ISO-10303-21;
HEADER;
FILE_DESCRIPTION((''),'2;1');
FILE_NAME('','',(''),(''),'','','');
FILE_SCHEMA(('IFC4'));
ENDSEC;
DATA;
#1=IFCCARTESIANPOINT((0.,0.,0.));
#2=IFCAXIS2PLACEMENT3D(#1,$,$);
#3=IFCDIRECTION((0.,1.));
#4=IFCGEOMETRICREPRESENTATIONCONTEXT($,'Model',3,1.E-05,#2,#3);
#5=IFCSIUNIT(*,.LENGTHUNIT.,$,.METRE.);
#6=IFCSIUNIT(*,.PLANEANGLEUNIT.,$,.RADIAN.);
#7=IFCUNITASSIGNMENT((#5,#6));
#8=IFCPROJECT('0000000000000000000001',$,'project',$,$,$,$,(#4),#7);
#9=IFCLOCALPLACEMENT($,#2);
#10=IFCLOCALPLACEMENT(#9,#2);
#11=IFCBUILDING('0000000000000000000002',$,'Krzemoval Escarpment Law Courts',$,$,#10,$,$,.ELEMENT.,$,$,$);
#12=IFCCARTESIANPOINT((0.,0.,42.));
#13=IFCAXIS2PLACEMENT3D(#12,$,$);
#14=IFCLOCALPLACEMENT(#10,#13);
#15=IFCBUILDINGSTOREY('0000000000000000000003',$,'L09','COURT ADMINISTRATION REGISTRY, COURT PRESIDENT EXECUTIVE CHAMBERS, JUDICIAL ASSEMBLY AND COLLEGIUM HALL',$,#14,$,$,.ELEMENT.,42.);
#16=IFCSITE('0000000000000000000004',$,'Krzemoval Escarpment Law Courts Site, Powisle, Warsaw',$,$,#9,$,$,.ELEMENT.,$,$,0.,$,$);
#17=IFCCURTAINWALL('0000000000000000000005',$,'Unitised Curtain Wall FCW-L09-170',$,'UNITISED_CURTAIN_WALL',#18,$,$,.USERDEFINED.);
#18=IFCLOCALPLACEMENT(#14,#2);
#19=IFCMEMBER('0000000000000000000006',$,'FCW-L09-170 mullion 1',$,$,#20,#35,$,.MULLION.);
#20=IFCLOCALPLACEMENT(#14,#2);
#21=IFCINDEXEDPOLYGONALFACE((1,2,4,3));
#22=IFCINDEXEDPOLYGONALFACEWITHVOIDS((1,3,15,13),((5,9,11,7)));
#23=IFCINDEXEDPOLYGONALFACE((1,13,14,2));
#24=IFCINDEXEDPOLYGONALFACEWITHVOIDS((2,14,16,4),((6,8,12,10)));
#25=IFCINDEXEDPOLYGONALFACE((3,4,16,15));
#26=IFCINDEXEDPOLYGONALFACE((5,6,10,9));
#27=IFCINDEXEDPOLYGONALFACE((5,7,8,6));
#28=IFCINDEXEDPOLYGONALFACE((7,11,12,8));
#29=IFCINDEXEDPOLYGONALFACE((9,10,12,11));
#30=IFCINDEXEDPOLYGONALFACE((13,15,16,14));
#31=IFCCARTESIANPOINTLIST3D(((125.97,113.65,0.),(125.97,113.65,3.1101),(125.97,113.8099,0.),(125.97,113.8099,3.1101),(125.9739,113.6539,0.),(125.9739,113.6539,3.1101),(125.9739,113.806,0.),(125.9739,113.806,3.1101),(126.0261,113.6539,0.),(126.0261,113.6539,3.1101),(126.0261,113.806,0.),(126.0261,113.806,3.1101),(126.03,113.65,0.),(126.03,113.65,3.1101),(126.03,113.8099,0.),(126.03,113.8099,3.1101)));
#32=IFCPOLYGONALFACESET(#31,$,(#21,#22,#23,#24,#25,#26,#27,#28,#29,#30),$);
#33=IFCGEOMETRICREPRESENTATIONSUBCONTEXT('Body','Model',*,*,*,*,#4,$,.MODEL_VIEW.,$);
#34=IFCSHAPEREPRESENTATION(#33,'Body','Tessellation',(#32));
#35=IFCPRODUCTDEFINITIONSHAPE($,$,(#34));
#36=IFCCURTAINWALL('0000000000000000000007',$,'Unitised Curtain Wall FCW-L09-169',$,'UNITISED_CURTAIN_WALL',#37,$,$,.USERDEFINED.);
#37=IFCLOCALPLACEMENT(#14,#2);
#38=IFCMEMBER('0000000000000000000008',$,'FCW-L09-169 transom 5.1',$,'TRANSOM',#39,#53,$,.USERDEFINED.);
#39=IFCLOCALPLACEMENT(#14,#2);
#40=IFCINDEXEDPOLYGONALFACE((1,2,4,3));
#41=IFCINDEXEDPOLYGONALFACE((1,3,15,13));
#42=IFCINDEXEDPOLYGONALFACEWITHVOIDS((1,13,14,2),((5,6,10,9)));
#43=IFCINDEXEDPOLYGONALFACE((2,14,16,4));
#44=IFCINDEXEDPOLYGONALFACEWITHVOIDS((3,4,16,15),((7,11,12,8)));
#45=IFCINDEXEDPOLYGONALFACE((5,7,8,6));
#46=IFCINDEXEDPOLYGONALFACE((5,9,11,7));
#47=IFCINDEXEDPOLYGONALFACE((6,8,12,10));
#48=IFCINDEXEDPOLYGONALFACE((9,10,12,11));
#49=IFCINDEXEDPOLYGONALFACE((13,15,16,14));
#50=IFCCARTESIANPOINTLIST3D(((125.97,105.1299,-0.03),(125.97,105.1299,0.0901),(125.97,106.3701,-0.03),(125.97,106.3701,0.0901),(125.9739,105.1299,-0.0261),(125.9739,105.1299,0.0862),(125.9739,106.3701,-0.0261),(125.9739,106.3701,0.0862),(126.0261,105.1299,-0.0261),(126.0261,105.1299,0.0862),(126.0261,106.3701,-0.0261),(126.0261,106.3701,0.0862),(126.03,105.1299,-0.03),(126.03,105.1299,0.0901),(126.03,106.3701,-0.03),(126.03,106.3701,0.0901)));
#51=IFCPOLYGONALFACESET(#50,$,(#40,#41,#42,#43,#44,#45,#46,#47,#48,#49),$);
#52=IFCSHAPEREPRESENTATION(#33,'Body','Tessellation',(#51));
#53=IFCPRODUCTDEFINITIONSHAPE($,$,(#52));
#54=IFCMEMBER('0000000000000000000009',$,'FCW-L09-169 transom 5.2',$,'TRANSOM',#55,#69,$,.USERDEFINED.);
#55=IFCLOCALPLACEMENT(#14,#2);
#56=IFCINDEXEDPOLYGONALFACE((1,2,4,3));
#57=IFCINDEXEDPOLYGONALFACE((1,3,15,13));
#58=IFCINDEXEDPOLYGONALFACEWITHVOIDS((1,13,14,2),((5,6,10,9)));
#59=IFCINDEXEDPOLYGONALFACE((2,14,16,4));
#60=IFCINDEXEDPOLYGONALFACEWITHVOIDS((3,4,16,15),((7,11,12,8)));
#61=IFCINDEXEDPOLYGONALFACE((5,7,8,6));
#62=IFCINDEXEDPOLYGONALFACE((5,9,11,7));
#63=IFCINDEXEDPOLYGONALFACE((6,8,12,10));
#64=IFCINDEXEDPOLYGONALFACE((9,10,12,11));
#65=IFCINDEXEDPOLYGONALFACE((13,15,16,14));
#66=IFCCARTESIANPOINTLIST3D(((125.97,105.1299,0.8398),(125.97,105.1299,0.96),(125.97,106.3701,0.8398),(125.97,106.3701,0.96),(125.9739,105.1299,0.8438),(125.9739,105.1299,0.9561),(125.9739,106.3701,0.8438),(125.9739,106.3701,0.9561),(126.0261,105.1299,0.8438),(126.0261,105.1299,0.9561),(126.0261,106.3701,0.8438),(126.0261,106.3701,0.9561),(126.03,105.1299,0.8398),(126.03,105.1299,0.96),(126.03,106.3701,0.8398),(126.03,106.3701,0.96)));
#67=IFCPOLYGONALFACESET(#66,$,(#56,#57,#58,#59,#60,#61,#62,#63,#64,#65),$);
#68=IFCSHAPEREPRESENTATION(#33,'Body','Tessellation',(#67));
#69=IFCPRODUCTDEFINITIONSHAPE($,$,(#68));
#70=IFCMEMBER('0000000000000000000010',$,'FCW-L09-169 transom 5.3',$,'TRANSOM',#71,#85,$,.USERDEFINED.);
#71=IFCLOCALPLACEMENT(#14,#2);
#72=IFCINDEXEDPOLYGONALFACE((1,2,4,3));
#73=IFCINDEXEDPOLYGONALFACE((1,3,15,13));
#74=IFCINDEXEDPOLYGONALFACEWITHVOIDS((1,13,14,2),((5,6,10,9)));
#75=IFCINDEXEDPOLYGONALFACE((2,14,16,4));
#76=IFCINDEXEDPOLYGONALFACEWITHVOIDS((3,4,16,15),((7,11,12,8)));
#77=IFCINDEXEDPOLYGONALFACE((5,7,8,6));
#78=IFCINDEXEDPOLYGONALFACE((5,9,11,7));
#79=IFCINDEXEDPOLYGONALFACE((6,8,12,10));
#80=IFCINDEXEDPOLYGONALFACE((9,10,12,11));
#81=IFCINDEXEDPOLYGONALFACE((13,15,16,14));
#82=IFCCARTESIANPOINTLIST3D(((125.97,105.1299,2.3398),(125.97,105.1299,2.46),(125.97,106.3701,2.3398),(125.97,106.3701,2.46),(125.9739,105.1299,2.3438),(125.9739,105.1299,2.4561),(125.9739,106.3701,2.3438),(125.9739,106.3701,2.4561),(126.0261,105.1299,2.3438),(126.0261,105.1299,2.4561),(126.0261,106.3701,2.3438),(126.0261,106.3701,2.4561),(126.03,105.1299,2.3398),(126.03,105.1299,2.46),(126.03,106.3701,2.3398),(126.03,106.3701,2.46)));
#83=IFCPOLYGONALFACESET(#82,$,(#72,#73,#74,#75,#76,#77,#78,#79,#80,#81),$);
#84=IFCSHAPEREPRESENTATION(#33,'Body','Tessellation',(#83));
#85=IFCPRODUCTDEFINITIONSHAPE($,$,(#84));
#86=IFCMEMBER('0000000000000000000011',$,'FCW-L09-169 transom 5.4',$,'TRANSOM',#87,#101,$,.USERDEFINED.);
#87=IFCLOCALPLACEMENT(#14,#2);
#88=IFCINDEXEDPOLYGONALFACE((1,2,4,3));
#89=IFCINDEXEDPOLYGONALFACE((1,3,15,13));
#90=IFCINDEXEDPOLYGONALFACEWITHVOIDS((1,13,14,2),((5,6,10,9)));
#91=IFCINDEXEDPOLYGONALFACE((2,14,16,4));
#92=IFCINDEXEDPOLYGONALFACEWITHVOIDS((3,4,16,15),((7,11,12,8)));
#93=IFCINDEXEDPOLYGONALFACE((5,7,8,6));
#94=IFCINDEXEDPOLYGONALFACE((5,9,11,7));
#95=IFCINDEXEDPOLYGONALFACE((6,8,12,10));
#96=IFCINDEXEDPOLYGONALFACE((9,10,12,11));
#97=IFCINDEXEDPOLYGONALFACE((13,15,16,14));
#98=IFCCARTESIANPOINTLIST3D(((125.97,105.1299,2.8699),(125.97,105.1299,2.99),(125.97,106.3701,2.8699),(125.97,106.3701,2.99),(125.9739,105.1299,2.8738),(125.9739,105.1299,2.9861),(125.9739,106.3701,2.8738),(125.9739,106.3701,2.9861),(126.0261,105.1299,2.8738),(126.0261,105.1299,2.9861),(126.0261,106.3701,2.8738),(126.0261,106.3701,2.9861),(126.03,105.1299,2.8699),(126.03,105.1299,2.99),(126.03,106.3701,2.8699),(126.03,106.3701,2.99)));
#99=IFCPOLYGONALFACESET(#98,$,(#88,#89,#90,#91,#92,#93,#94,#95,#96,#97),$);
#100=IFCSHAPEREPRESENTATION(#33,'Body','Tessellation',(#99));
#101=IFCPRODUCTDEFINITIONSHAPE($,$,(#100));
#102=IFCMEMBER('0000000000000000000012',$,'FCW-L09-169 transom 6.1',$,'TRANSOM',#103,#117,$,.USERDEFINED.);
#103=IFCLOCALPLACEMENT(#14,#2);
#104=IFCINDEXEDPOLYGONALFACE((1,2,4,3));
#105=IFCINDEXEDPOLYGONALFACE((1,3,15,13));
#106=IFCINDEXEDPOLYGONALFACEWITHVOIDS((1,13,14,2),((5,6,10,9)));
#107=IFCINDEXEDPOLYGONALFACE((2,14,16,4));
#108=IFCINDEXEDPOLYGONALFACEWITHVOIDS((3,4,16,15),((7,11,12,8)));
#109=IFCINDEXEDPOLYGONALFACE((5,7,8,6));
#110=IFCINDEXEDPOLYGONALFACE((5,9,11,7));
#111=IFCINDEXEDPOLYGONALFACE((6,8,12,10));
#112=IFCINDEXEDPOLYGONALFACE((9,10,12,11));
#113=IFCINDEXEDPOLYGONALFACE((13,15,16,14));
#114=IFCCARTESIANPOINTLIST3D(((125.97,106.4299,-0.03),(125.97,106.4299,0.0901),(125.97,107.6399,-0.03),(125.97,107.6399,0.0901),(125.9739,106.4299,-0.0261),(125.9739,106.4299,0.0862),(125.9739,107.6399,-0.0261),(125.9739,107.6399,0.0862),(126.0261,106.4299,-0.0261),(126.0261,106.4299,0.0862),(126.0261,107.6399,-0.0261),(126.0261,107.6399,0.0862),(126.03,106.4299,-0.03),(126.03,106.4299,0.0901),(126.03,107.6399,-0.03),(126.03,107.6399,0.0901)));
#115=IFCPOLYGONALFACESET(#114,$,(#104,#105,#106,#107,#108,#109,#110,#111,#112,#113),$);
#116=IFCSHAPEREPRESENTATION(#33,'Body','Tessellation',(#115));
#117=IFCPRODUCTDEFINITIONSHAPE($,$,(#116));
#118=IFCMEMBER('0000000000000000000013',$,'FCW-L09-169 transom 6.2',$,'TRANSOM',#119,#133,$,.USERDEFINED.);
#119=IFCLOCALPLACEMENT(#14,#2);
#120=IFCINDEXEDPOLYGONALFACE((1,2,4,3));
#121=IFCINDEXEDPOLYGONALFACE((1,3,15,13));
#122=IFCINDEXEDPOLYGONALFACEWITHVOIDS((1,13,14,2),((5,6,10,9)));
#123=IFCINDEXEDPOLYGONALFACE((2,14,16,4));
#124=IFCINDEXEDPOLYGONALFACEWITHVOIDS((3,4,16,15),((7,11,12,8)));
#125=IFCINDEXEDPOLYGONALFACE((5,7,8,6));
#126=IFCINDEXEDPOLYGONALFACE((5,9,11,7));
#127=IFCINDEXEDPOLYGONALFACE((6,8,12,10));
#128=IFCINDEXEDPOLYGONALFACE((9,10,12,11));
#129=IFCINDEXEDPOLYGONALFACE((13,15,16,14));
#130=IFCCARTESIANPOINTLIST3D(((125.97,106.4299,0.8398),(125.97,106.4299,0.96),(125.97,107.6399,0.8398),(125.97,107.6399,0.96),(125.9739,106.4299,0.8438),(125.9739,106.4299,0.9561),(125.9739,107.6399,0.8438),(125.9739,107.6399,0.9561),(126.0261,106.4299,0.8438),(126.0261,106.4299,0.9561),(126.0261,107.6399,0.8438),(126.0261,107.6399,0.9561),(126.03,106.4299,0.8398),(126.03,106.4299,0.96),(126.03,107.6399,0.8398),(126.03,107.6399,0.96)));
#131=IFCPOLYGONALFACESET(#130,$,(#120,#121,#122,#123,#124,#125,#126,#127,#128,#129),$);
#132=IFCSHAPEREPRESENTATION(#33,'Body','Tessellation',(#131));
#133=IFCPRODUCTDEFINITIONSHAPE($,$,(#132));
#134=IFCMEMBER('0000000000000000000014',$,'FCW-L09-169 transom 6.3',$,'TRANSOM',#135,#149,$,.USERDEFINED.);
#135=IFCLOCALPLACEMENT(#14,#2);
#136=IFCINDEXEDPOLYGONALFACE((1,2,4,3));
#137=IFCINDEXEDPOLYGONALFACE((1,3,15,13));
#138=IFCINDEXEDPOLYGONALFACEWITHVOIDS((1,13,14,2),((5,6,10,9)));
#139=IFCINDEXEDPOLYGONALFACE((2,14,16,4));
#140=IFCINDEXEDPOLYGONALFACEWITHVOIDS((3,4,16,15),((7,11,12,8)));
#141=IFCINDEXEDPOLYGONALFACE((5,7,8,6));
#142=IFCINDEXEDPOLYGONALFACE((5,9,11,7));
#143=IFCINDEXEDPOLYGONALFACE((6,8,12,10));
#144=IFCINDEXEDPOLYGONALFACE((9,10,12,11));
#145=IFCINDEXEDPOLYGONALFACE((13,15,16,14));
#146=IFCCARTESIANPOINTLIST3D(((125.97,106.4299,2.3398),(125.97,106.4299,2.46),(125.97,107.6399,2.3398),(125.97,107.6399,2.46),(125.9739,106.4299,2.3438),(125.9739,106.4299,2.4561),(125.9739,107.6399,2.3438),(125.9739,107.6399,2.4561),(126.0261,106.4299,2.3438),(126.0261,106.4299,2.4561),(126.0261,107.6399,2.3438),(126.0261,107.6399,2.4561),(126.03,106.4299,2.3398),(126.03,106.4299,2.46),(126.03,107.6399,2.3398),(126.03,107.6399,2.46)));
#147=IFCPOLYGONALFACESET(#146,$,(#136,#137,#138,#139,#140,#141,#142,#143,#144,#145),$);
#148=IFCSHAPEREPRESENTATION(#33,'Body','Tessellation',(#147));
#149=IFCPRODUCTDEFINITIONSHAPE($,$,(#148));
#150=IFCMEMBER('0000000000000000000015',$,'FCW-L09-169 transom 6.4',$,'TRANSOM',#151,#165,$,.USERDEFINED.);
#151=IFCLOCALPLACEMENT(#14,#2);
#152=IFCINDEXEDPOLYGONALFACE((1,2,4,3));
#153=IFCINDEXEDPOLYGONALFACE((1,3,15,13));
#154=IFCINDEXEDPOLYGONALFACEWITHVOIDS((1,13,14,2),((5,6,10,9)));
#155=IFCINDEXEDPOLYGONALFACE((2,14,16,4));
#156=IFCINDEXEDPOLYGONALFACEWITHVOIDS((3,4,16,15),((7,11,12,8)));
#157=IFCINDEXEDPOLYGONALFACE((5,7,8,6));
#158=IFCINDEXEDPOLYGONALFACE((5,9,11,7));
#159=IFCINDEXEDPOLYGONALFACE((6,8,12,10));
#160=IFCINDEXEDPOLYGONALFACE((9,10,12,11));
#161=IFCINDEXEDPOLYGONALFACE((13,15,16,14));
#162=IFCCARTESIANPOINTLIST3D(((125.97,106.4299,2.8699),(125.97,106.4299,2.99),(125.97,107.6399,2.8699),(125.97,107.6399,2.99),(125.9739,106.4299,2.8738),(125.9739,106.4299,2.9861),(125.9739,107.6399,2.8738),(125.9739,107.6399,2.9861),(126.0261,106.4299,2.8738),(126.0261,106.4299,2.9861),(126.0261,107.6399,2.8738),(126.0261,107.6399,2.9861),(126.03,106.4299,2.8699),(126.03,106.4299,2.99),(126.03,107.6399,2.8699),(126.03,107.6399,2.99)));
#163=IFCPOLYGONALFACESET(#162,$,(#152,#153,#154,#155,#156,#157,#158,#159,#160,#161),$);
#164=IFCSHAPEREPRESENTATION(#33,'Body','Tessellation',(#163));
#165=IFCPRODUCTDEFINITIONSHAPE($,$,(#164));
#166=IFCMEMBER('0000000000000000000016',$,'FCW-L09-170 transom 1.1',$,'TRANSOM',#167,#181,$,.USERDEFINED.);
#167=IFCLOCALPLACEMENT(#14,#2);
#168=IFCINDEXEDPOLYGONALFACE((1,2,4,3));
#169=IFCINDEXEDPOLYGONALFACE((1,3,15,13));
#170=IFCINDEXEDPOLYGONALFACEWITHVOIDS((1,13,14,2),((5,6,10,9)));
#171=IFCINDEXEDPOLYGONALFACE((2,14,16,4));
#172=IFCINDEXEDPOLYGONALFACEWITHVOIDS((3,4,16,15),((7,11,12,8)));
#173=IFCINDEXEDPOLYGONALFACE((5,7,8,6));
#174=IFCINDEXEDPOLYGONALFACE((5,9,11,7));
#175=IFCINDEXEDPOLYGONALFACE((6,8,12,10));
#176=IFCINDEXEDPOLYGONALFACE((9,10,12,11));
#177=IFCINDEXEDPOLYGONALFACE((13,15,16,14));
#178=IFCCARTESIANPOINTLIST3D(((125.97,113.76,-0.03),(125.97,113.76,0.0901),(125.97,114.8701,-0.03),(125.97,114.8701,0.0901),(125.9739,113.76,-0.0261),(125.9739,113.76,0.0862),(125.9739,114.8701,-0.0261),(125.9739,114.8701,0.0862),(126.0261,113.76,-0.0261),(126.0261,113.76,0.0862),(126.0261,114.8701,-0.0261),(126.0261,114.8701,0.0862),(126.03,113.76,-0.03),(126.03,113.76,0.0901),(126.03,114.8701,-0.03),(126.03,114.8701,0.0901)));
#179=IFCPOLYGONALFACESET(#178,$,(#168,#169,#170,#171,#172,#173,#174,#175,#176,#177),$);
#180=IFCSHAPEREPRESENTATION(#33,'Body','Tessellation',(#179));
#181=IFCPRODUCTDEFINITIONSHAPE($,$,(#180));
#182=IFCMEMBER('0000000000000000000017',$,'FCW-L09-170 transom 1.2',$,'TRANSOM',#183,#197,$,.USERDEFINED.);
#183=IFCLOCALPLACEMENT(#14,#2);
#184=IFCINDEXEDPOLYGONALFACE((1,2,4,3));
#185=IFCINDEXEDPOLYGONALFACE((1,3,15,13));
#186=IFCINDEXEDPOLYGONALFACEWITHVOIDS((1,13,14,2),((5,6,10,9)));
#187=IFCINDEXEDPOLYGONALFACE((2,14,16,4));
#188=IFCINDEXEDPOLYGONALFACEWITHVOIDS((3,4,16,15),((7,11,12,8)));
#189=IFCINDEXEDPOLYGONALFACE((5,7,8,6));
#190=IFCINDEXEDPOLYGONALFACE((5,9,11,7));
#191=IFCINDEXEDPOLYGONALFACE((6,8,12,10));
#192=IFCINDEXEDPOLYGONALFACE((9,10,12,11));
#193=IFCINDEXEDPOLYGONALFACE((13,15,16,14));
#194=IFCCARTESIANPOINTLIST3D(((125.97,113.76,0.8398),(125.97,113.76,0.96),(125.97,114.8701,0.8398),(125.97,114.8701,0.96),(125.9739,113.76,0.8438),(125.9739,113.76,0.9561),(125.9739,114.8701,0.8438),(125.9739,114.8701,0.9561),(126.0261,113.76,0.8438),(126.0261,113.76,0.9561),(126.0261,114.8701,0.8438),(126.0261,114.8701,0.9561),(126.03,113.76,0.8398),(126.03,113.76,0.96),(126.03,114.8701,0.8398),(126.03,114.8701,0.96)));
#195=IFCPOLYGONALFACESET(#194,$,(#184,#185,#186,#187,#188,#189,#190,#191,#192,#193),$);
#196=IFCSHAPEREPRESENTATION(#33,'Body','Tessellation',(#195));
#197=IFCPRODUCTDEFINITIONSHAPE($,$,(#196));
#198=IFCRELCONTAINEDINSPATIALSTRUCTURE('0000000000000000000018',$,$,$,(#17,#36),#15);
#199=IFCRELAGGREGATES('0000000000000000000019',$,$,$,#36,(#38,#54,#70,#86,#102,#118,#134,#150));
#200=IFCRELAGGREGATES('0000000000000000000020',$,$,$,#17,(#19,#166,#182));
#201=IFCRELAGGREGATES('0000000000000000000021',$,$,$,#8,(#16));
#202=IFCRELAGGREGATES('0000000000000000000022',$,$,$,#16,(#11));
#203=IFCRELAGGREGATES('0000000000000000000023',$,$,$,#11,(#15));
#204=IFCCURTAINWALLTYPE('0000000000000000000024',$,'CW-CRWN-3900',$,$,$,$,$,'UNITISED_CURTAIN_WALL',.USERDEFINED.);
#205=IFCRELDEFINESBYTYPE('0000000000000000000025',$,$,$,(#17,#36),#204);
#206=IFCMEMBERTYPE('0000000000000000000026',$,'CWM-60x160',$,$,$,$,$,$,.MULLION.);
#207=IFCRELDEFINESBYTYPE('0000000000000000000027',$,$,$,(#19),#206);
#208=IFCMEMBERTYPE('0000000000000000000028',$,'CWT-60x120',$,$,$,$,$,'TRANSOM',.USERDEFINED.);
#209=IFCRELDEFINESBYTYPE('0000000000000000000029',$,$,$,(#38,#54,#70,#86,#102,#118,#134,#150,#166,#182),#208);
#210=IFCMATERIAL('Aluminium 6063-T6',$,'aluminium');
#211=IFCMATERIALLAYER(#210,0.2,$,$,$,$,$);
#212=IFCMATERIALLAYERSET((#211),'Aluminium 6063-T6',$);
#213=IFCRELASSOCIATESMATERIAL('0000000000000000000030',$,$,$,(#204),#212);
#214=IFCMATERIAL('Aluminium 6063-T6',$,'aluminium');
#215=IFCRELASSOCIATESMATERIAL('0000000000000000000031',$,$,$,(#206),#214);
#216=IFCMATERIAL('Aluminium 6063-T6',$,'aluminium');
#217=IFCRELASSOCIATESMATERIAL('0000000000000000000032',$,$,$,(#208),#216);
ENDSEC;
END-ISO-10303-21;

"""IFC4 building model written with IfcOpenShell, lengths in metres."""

from ifc_helpers import new_model, si_unit, direction, frame, origin, origin_2d, place, context, subcontext, project, spatial, hollow_rectangle, extrude, material, layer, layer_set, material_profile, profile_set, type_object, element, aggregate, save


model = new_model("IFC4")

# Units and contexts
model_context = context("Model", 3, precision=1e-05, world=origin(), true_north=direction((0.0, 1.0)))
body_context = subcontext(model_context, "Body", "Model", "MODEL_VIEW")
ifc_project = project(units=[si_unit("LENGTHUNIT", "METRE"), si_unit("PLANEANGLEUNIT", "RADIAN")], contexts=[model_context])

# Site, building, storey
site_placement = place(None, origin())
site = spatial("IfcSite", under=ifc_project, at=site_placement, Name="Krzemoval Escarpment Law Courts Site, Powisle, Warsaw", CompositionType="ELEMENT", RefElevation=0.0)
building_placement = place(site_placement, origin())
building = spatial("IfcBuilding", under=site, at=building_placement, Name="Krzemoval Escarpment Law Courts", CompositionType="ELEMENT")
storey_placement = place(building_placement, frame((0.0, 0.0, 42.0)))
storey = spatial("IfcBuildingStorey", under=building, at=storey_placement, Name="L09", Description="COURT ADMINISTRATION REGISTRY, COURT PRESIDENT EXECUTIVE CHAMBERS, JUDICIAL ASSEMBLY AND COLLEGIUM HALL", CompositionType="ELEMENT", Elevation=42.0)

# Curtain wall, member
ifc_material_1 = material(Name="Aluminium 6063-T6", Category="aluminium")
ifc_layer_1 = layer(ifc_material_1, 0.2)
ifc_layer_set_1 = layer_set([ifc_layer_1], Name="Aluminium 6063-T6")
curtain_wall_type = type_object("IfcCurtainWallType", Name="CW-CRWN-3900", ElementType="UNITISED_CURTAIN_WALL", PredefinedType="USERDEFINED", material=ifc_layer_set_1)
curtain_wall_1_placement = place(storey_placement, origin())
curtain_wall_1 = element("IfcCurtainWall", 1, at=curtain_wall_1_placement, inside=storey, type_object=curtain_wall_type, Name="Unitised Curtain Wall FCW-L09-170", ObjectType="UNITISED_CURTAIN_WALL", PredefinedType="USERDEFINED")
ifc_material_2 = material(Name="Aluminium 6063-T6", Category="aluminium")
ifc_material_profile_1 = material_profile(ifc_material_2, hollow_rectangle(XDim=0.0601, YDim=0.1599, WallThickness=0.0039, at=origin_2d()), Name="ALU M60x160")
ifc_profile_set_1 = profile_set([ifc_material_profile_1], Name="Aluminium 6063-T6")
member_type_1 = type_object("IfcMemberType", Name="CWM-60x160", PredefinedType="MULLION", material=ifc_profile_set_1)
member_1_placement = place(storey_placement, frame((126.0, 113.73, 0.0), z_axis=(0.0, 0.0, 1.0), x_axis=(-1.0, 0.0, 0.0)))
member_1 = element("IfcMember", 2, at=member_1_placement, type_object=member_type_1, Name="FCW-L09-170 mullion 1", PredefinedType="MULLION", context=body_context, shape_type="SweptSolid", body=[
    extrude(hollow_rectangle(XDim=0.0601, YDim=0.1599, WallThickness=0.0039, at=origin_2d()), origin(), (0.0, 0.0, 1.0), 3.1101),
])

# Curtain wall, members
curtain_wall_2_placement = place(storey_placement, origin())
curtain_wall_2 = element("IfcCurtainWall", 3, at=curtain_wall_2_placement, inside=storey, type_object=curtain_wall_type, Name="Unitised Curtain Wall FCW-L09-169", ObjectType="UNITISED_CURTAIN_WALL", PredefinedType="USERDEFINED")
ifc_material_3 = material(Name="Aluminium 6063-T6", Category="aluminium")
ifc_material_profile_2 = material_profile(ifc_material_3, hollow_rectangle(XDim=0.0601, YDim=0.1201, WallThickness=0.0039, at=origin_2d()), Name="ALU T60x120")
ifc_profile_set_2 = profile_set([ifc_material_profile_2], Name="Aluminium 6063-T6")
member_type_2 = type_object("IfcMemberType", Name="CWT-60x120", ElementType="TRANSOM", PredefinedType="USERDEFINED", material=ifc_profile_set_2)
member_2_placement = place(storey_placement, frame((126.0, 105.1299, 0.03), z_axis=(0.0, 1.0, 0.0), x_axis=(-1.0, 0.0, 0.0)))
member_2 = element("IfcMember", 4, at=member_2_placement, type_object=member_type_2, Name="FCW-L09-169 transom 5.1", ObjectType="TRANSOM", PredefinedType="USERDEFINED", context=body_context, shape_type="SweptSolid", body=[
    extrude(hollow_rectangle(XDim=0.0601, YDim=0.1201, WallThickness=0.0039, at=origin_2d()), origin(), (0.0, 0.0, 1.0), 1.2402),
])
member_3_placement = place(storey_placement, frame((126.0, 105.1299, 0.8999), z_axis=(0.0, 1.0, 0.0), x_axis=(-1.0, 0.0, 0.0)))
member_3 = element("IfcMember", 5, at=member_3_placement, type_object=member_type_2, Name="FCW-L09-169 transom 5.2", ObjectType="TRANSOM", PredefinedType="USERDEFINED", context=body_context, shape_type="SweptSolid", body=[
    extrude(hollow_rectangle(XDim=0.0601, YDim=0.1201, WallThickness=0.0039, at=origin_2d()), origin(), (0.0, 0.0, 1.0), 1.2402),
])
member_4_placement = place(storey_placement, frame((126.0, 105.1299, 2.3999), z_axis=(0.0, 1.0, 0.0), x_axis=(-1.0, 0.0, 0.0)))
member_4 = element("IfcMember", 6, at=member_4_placement, type_object=member_type_2, Name="FCW-L09-169 transom 5.3", ObjectType="TRANSOM", PredefinedType="USERDEFINED", context=body_context, shape_type="SweptSolid", body=[
    extrude(hollow_rectangle(XDim=0.0601, YDim=0.1201, WallThickness=0.0039, at=origin_2d()), origin(), (0.0, 0.0, 1.0), 1.2402),
])
member_5_placement = place(storey_placement, frame((126.0, 105.1299, 2.9299), z_axis=(0.0, 1.0, 0.0), x_axis=(-1.0, 0.0, 0.0)))
member_5 = element("IfcMember", 7, at=member_5_placement, type_object=member_type_2, Name="FCW-L09-169 transom 5.4", ObjectType="TRANSOM", PredefinedType="USERDEFINED", context=body_context, shape_type="SweptSolid", body=[
    extrude(hollow_rectangle(XDim=0.0601, YDim=0.1201, WallThickness=0.0039, at=origin_2d()), origin(), (0.0, 0.0, 1.0), 1.2402),
])
member_6_placement = place(storey_placement, frame((126.0, 106.4299, 0.03), z_axis=(0.0, 1.0, 0.0), x_axis=(-1.0, 0.0, 0.0)))
member_6 = element("IfcMember", 8, at=member_6_placement, type_object=member_type_2, Name="FCW-L09-169 transom 6.1", ObjectType="TRANSOM", PredefinedType="USERDEFINED", context=body_context, shape_type="SweptSolid", body=[
    extrude(hollow_rectangle(XDim=0.0601, YDim=0.1201, WallThickness=0.0039, at=origin_2d()), origin(), (0.0, 0.0, 1.0), 1.21),
])
member_7_placement = place(storey_placement, frame((126.0, 106.4299, 0.8999), z_axis=(0.0, 1.0, 0.0), x_axis=(-1.0, 0.0, 0.0)))
member_7 = element("IfcMember", 9, at=member_7_placement, type_object=member_type_2, Name="FCW-L09-169 transom 6.2", ObjectType="TRANSOM", PredefinedType="USERDEFINED", context=body_context, shape_type="SweptSolid", body=[
    extrude(hollow_rectangle(XDim=0.0601, YDim=0.1201, WallThickness=0.0039, at=origin_2d()), origin(), (0.0, 0.0, 1.0), 1.21),
])
member_8_placement = place(storey_placement, frame((126.0, 106.4299, 2.3999), z_axis=(0.0, 1.0, 0.0), x_axis=(-1.0, 0.0, 0.0)))
member_8 = element("IfcMember", 10, at=member_8_placement, type_object=member_type_2, Name="FCW-L09-169 transom 6.3", ObjectType="TRANSOM", PredefinedType="USERDEFINED", context=body_context, shape_type="SweptSolid", body=[
    extrude(hollow_rectangle(XDim=0.0601, YDim=0.1201, WallThickness=0.0039, at=origin_2d()), origin(), (0.0, 0.0, 1.0), 1.21),
])
member_9_placement = place(storey_placement, frame((126.0, 106.4299, 2.9299), z_axis=(0.0, 1.0, 0.0), x_axis=(-1.0, 0.0, 0.0)))
member_9 = element("IfcMember", 11, at=member_9_placement, type_object=member_type_2, Name="FCW-L09-169 transom 6.4", ObjectType="TRANSOM", PredefinedType="USERDEFINED", context=body_context, shape_type="SweptSolid", body=[
    extrude(hollow_rectangle(XDim=0.0601, YDim=0.1201, WallThickness=0.0039, at=origin_2d()), origin(), (0.0, 0.0, 1.0), 1.21),
])

# Members
member_10_placement = place(storey_placement, frame((126.0, 113.76, 0.03), z_axis=(0.0, 1.0, 0.0), x_axis=(-1.0, 0.0, 0.0)))
member_10 = element("IfcMember", 12, at=member_10_placement, type_object=member_type_2, Name="FCW-L09-170 transom 1.1", ObjectType="TRANSOM", PredefinedType="USERDEFINED", context=body_context, shape_type="SweptSolid", body=[
    extrude(hollow_rectangle(XDim=0.0601, YDim=0.1201, WallThickness=0.0039, at=origin_2d()), origin(), (0.0, 0.0, 1.0), 1.1101),
])
member_11_placement = place(storey_placement, frame((126.0, 113.76, 0.8999), z_axis=(0.0, 1.0, 0.0), x_axis=(-1.0, 0.0, 0.0)))
member_11 = element("IfcMember", 13, at=member_11_placement, type_object=member_type_2, Name="FCW-L09-170 transom 1.2", ObjectType="TRANSOM", PredefinedType="USERDEFINED", context=body_context, shape_type="SweptSolid", body=[
    extrude(hollow_rectangle(XDim=0.0601, YDim=0.1201, WallThickness=0.0039, at=origin_2d()), origin(), (0.0, 0.0, 1.0), 1.1101),
])

aggregate(curtain_wall_2, [member_2, member_3, member_4, member_5, member_6, member_7, member_8, member_9])
aggregate(curtain_wall_1, [member_1, member_10, member_11])

save(model, "model.ifc")
